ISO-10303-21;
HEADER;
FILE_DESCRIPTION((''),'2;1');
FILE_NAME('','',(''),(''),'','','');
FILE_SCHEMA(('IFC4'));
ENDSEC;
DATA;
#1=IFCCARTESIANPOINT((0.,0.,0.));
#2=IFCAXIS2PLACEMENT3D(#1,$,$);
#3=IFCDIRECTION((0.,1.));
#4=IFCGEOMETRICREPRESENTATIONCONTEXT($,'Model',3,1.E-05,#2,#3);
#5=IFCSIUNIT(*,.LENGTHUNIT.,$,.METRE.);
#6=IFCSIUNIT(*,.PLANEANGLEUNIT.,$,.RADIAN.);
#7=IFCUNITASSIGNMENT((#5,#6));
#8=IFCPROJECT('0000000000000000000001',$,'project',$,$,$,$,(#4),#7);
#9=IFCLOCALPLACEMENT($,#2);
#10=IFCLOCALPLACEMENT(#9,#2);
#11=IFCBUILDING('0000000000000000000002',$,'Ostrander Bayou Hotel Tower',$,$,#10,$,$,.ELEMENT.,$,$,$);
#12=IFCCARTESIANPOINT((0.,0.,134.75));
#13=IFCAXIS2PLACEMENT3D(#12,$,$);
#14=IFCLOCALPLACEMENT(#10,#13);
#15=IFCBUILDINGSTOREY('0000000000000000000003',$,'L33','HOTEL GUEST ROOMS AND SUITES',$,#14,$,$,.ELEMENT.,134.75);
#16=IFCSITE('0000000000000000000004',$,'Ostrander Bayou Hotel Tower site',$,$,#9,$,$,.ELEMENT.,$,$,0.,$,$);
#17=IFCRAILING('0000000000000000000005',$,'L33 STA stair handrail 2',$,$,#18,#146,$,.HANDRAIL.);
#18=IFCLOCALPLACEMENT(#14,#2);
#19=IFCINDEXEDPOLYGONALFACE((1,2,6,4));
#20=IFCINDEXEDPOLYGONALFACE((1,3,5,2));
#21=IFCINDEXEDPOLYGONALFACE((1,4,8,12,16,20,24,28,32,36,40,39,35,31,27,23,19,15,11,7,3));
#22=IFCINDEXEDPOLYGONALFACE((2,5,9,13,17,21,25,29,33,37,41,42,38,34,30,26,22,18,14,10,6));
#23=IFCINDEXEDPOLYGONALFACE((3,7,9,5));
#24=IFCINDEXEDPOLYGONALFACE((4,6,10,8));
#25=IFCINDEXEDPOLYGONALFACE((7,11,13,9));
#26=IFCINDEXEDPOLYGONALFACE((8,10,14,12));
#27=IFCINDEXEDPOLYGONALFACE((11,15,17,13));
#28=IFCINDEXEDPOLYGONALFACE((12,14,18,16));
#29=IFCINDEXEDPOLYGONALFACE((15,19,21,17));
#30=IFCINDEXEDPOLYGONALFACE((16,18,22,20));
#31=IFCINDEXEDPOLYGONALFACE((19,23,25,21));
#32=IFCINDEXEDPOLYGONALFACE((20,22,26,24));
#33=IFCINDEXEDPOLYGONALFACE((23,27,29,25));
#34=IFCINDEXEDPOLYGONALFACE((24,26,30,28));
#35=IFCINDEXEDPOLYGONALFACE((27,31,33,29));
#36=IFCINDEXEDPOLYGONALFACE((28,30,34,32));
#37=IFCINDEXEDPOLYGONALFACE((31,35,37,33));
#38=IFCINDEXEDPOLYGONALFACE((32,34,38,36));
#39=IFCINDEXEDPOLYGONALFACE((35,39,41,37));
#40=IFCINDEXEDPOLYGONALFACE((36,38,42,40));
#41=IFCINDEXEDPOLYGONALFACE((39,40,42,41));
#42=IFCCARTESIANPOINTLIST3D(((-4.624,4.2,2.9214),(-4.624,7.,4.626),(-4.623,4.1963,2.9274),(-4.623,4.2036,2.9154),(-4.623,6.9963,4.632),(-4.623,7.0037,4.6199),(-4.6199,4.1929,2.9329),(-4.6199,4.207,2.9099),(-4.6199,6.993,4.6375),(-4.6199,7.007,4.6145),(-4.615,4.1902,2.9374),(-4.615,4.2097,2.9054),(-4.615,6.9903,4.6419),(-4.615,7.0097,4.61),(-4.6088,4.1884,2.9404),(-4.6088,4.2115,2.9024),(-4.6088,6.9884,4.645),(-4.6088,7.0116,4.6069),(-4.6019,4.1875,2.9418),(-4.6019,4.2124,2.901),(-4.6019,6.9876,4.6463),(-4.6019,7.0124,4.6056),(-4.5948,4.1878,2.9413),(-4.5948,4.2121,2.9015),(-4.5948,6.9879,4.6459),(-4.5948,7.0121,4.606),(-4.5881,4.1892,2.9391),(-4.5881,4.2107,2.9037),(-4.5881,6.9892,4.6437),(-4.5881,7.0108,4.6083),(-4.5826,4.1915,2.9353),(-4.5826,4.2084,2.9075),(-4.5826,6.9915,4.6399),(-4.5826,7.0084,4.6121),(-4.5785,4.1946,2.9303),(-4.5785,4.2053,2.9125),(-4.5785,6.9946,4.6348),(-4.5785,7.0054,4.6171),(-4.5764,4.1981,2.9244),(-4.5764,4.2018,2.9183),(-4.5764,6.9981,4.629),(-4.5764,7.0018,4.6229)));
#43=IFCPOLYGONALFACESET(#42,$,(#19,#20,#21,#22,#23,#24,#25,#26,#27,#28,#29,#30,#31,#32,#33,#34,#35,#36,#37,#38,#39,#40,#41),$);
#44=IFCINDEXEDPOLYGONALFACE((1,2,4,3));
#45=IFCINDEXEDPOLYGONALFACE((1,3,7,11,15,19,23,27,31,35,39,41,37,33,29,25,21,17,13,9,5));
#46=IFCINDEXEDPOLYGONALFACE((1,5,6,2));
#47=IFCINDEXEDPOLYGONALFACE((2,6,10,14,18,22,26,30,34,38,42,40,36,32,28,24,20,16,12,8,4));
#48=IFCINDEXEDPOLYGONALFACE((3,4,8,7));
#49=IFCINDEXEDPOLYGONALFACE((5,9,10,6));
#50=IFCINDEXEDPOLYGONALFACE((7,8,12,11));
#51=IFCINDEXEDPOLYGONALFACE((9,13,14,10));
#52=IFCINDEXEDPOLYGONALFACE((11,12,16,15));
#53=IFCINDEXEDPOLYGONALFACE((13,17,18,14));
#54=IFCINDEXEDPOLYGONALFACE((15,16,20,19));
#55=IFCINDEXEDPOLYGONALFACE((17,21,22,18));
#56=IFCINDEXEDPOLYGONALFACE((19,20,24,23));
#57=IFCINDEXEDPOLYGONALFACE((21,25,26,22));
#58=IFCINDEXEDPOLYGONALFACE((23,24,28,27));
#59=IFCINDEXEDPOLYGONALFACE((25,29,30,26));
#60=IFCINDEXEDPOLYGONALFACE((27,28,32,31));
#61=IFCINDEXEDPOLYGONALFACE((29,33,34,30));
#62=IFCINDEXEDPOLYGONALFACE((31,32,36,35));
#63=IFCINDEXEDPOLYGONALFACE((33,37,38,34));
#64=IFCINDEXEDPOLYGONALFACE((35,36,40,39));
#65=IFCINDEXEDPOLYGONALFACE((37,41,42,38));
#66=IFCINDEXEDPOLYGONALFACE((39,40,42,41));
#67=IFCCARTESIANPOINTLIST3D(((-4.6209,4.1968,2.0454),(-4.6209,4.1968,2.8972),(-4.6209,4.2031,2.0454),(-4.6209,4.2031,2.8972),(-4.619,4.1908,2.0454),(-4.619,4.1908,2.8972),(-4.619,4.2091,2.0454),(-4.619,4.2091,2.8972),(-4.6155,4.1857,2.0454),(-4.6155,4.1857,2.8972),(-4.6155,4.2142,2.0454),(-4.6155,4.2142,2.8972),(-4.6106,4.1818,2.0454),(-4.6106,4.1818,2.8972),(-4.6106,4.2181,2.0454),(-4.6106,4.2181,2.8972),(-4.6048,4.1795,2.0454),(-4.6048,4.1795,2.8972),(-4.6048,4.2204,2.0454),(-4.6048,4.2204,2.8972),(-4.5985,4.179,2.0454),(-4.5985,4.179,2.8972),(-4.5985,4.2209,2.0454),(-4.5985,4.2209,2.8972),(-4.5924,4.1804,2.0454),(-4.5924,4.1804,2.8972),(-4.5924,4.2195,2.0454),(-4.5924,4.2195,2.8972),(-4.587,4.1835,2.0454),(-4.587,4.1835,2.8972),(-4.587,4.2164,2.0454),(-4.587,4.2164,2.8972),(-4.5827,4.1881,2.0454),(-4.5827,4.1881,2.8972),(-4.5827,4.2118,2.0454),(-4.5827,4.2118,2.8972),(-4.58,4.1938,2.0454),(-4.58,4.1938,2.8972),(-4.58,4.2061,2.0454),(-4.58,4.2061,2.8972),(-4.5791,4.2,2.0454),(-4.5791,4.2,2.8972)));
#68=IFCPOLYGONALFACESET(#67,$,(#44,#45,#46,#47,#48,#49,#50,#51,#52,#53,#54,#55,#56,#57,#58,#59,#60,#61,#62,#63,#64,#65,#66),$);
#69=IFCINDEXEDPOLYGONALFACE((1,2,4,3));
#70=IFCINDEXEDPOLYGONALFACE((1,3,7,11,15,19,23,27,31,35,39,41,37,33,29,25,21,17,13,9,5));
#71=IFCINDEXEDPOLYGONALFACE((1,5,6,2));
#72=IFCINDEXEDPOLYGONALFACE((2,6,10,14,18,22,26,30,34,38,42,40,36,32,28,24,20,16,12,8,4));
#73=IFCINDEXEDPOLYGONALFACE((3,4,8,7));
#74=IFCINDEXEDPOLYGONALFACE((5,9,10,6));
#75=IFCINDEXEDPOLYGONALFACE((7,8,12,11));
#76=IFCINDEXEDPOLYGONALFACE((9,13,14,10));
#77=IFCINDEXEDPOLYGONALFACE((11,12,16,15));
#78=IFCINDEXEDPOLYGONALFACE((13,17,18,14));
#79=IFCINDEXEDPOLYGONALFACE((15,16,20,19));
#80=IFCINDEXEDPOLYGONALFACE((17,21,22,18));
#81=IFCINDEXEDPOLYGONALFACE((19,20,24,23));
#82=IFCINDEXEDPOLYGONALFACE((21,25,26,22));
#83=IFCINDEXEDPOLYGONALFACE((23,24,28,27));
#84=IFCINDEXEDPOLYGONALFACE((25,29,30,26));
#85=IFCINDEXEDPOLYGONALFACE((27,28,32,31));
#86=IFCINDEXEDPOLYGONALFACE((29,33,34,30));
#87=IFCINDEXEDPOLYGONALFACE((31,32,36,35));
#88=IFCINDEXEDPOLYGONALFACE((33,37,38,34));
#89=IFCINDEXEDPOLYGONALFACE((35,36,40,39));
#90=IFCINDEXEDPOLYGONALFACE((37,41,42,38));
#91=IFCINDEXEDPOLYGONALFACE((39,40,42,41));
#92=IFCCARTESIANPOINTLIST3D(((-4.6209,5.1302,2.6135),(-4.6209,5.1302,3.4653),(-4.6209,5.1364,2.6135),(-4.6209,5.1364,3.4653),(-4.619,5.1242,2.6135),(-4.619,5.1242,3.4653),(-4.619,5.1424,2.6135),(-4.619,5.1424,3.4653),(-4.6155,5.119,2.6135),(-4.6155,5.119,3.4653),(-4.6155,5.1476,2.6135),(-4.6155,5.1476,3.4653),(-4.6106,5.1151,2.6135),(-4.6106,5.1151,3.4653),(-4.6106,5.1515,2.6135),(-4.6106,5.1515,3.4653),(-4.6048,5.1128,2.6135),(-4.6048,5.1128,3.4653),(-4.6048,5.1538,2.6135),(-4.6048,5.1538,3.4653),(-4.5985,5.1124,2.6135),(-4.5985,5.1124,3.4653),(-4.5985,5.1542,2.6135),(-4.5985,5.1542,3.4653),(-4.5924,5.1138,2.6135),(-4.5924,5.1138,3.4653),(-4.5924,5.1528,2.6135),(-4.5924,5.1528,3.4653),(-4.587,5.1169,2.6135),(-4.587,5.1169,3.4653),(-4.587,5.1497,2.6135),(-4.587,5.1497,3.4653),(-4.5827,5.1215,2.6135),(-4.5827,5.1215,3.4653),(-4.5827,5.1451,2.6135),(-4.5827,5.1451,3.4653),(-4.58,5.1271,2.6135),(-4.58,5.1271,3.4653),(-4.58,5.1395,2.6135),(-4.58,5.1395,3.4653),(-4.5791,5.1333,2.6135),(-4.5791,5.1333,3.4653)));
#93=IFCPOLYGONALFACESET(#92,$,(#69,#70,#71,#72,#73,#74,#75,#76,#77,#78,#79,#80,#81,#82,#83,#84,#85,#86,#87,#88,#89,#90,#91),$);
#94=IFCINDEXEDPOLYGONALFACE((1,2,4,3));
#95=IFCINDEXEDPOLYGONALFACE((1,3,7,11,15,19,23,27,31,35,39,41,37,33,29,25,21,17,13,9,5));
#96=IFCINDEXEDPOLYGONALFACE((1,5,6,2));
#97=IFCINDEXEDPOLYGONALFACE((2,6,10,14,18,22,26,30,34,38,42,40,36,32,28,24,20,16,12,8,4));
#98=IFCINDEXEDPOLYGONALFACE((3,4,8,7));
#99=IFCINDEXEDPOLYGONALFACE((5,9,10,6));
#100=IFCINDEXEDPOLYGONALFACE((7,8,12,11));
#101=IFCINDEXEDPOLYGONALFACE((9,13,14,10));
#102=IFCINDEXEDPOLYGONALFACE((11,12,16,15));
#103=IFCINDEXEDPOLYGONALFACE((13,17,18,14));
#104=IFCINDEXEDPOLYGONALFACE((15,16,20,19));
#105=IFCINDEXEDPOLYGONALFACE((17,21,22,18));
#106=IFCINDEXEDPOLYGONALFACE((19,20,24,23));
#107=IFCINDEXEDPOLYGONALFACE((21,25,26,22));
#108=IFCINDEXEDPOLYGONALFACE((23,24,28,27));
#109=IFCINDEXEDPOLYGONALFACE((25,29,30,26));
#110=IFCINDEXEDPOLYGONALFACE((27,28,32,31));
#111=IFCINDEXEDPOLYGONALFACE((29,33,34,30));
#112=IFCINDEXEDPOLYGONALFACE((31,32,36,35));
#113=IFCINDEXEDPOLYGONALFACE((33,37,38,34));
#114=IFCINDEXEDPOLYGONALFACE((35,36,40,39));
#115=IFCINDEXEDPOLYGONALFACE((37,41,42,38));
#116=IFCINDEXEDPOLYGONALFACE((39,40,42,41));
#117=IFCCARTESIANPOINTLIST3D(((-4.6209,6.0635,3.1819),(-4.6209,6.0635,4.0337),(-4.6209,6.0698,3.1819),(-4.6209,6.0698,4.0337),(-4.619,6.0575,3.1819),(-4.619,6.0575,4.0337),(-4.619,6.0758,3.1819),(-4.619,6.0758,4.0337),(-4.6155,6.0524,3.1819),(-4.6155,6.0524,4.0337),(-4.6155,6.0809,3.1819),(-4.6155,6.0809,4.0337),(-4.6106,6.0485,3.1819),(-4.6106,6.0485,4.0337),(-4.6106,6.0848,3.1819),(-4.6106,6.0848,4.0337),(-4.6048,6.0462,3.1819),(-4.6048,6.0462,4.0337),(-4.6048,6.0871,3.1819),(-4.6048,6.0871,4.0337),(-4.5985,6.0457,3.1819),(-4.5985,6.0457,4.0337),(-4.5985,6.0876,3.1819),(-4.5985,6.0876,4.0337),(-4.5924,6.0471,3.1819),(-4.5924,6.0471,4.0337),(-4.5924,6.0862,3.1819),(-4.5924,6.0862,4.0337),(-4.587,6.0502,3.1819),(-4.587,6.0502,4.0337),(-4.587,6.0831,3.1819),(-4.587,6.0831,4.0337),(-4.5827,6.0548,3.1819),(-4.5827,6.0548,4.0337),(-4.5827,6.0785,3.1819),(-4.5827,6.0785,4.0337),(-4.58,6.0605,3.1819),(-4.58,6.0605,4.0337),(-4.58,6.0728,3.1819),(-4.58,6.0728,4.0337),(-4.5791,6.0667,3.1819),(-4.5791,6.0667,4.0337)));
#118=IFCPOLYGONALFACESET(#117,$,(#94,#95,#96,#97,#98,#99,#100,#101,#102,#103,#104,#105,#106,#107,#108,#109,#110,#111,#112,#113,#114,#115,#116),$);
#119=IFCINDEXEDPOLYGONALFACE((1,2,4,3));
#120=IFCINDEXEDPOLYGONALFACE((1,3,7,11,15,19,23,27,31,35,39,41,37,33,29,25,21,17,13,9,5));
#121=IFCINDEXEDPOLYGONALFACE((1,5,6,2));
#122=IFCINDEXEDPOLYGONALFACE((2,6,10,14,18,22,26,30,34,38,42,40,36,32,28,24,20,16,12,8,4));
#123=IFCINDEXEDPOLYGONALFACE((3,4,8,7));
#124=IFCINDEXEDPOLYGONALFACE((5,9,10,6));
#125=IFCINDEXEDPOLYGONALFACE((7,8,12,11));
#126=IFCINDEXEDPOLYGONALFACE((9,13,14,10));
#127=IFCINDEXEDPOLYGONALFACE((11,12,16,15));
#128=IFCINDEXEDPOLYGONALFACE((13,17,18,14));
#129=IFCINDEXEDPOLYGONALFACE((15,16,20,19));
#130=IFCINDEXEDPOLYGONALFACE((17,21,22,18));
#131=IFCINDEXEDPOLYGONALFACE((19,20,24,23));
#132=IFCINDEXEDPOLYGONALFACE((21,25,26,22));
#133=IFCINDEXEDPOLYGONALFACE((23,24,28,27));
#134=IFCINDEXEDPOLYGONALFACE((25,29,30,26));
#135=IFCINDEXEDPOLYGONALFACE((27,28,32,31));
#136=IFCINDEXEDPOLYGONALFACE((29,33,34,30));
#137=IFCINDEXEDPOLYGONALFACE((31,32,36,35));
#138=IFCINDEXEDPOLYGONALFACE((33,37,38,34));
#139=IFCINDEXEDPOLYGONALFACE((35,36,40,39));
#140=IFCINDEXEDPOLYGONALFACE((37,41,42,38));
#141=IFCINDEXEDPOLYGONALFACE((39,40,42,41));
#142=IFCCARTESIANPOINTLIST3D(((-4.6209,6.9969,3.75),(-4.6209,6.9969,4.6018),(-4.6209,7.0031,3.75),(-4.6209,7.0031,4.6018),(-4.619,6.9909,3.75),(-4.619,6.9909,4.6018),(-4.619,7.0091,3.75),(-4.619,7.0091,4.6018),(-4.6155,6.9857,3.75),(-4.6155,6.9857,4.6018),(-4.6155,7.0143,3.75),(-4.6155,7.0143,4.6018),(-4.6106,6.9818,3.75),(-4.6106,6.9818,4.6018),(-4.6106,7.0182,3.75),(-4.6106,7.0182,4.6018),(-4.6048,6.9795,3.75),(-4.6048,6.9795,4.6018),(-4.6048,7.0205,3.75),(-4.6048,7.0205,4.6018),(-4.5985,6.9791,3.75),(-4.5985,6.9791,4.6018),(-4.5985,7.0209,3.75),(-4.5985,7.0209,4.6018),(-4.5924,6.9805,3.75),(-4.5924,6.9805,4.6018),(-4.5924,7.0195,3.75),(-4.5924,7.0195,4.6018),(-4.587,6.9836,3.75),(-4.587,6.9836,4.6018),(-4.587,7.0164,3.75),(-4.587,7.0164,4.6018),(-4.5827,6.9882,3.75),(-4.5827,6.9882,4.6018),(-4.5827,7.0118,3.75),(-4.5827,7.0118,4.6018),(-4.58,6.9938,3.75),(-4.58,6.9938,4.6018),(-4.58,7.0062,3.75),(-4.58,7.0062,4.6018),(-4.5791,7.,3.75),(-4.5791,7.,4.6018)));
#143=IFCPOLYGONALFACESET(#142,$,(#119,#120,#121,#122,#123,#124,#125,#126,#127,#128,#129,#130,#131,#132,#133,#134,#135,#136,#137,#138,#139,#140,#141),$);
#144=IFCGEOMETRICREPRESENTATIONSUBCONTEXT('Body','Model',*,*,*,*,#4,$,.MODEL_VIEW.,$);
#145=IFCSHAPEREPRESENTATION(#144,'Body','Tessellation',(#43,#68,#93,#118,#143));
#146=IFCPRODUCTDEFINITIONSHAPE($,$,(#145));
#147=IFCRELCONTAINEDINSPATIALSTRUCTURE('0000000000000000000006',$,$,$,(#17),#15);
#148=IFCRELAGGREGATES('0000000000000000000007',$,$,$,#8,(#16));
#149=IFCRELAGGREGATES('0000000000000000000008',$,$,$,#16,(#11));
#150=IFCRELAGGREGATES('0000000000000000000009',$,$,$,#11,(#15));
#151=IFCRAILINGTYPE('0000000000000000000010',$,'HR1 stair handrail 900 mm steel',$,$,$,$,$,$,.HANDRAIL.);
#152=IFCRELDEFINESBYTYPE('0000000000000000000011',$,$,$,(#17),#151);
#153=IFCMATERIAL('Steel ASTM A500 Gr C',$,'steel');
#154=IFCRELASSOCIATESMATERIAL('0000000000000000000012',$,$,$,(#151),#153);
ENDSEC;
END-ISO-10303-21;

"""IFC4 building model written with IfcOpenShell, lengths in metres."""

from ifc_helpers import new_model, si_unit, direction, frame, origin, origin_2d, place, context, subcontext, project, spatial, circle, extrude, material, type_object, element, save


model = new_model("IFC4")

# Units and contexts
model_context = context("Model", 3, precision=1e-05, world=origin(), true_north=direction((0.0, 1.0)))
body_context = subcontext(model_context, "Body", "Model", "MODEL_VIEW")
ifc_project = project(units=[si_unit("LENGTHUNIT", "METRE"), si_unit("PLANEANGLEUNIT", "RADIAN")], contexts=[model_context])

# Site, building, storey
site_placement = place(None, origin())
site = spatial("IfcSite", under=ifc_project, at=site_placement, Name="Ostrander Bayou Hotel Tower site", CompositionType="ELEMENT", RefElevation=0.0)
building_placement = place(site_placement, origin())
building = spatial("IfcBuilding", under=site, at=building_placement, Name="Ostrander Bayou Hotel Tower", CompositionType="ELEMENT")
storey_placement = place(building_placement, frame((0.0, 0.0, 134.75)))
storey = spatial("IfcBuildingStorey", under=building, at=storey_placement, Name="L33", Description="HOTEL GUEST ROOMS AND SUITES", CompositionType="ELEMENT", Elevation=134.75)

# Railing
ifc_material_1 = material(Name="Steel ASTM A500 Gr C", Category="steel")
railing_type_1 = type_object("IfcRailingType", Name="HR1 stair handrail 900 mm steel", PredefinedType="HANDRAIL", material=ifc_material_1)
railing_1_placement = place(storey_placement, frame((-4.6001, 4.2, 2.0454)))
element("IfcRailing", 1, at=railing_1_placement, inside=storey, type_object=railing_type_1, Name="L33 STA stair handrail 2", PredefinedType="HANDRAIL", context=body_context, shape_type="SweptSolid", body=[
    extrude(circle(Radius=0.0239, at=origin_2d()), frame((0.0, 0.0, 0.876), z_axis=(0.0, 0.85417, 0.519994), x_axis=(-1.0, 0.0, 0.0)), (0.0, 0.0, 1.0), 3.2781),
    extrude(circle(Radius=0.021, at=origin_2d()), origin(), (0.0, 0.0, 1.0), 0.8518),
    extrude(circle(Radius=0.021, at=origin_2d()), frame((0.0, 0.9333, 0.5681)), (0.0, 0.0, 1.0), 0.8518),
    extrude(circle(Radius=0.021, at=origin_2d()), frame((0.0, 1.8667, 1.1365)), (0.0, 0.0, 1.0), 0.8518),
    extrude(circle(Radius=0.021, at=origin_2d()), frame((0.0, 2.8, 1.7046)), (0.0, 0.0, 1.0), 0.8518),
])

save(model, "model.ifc")
